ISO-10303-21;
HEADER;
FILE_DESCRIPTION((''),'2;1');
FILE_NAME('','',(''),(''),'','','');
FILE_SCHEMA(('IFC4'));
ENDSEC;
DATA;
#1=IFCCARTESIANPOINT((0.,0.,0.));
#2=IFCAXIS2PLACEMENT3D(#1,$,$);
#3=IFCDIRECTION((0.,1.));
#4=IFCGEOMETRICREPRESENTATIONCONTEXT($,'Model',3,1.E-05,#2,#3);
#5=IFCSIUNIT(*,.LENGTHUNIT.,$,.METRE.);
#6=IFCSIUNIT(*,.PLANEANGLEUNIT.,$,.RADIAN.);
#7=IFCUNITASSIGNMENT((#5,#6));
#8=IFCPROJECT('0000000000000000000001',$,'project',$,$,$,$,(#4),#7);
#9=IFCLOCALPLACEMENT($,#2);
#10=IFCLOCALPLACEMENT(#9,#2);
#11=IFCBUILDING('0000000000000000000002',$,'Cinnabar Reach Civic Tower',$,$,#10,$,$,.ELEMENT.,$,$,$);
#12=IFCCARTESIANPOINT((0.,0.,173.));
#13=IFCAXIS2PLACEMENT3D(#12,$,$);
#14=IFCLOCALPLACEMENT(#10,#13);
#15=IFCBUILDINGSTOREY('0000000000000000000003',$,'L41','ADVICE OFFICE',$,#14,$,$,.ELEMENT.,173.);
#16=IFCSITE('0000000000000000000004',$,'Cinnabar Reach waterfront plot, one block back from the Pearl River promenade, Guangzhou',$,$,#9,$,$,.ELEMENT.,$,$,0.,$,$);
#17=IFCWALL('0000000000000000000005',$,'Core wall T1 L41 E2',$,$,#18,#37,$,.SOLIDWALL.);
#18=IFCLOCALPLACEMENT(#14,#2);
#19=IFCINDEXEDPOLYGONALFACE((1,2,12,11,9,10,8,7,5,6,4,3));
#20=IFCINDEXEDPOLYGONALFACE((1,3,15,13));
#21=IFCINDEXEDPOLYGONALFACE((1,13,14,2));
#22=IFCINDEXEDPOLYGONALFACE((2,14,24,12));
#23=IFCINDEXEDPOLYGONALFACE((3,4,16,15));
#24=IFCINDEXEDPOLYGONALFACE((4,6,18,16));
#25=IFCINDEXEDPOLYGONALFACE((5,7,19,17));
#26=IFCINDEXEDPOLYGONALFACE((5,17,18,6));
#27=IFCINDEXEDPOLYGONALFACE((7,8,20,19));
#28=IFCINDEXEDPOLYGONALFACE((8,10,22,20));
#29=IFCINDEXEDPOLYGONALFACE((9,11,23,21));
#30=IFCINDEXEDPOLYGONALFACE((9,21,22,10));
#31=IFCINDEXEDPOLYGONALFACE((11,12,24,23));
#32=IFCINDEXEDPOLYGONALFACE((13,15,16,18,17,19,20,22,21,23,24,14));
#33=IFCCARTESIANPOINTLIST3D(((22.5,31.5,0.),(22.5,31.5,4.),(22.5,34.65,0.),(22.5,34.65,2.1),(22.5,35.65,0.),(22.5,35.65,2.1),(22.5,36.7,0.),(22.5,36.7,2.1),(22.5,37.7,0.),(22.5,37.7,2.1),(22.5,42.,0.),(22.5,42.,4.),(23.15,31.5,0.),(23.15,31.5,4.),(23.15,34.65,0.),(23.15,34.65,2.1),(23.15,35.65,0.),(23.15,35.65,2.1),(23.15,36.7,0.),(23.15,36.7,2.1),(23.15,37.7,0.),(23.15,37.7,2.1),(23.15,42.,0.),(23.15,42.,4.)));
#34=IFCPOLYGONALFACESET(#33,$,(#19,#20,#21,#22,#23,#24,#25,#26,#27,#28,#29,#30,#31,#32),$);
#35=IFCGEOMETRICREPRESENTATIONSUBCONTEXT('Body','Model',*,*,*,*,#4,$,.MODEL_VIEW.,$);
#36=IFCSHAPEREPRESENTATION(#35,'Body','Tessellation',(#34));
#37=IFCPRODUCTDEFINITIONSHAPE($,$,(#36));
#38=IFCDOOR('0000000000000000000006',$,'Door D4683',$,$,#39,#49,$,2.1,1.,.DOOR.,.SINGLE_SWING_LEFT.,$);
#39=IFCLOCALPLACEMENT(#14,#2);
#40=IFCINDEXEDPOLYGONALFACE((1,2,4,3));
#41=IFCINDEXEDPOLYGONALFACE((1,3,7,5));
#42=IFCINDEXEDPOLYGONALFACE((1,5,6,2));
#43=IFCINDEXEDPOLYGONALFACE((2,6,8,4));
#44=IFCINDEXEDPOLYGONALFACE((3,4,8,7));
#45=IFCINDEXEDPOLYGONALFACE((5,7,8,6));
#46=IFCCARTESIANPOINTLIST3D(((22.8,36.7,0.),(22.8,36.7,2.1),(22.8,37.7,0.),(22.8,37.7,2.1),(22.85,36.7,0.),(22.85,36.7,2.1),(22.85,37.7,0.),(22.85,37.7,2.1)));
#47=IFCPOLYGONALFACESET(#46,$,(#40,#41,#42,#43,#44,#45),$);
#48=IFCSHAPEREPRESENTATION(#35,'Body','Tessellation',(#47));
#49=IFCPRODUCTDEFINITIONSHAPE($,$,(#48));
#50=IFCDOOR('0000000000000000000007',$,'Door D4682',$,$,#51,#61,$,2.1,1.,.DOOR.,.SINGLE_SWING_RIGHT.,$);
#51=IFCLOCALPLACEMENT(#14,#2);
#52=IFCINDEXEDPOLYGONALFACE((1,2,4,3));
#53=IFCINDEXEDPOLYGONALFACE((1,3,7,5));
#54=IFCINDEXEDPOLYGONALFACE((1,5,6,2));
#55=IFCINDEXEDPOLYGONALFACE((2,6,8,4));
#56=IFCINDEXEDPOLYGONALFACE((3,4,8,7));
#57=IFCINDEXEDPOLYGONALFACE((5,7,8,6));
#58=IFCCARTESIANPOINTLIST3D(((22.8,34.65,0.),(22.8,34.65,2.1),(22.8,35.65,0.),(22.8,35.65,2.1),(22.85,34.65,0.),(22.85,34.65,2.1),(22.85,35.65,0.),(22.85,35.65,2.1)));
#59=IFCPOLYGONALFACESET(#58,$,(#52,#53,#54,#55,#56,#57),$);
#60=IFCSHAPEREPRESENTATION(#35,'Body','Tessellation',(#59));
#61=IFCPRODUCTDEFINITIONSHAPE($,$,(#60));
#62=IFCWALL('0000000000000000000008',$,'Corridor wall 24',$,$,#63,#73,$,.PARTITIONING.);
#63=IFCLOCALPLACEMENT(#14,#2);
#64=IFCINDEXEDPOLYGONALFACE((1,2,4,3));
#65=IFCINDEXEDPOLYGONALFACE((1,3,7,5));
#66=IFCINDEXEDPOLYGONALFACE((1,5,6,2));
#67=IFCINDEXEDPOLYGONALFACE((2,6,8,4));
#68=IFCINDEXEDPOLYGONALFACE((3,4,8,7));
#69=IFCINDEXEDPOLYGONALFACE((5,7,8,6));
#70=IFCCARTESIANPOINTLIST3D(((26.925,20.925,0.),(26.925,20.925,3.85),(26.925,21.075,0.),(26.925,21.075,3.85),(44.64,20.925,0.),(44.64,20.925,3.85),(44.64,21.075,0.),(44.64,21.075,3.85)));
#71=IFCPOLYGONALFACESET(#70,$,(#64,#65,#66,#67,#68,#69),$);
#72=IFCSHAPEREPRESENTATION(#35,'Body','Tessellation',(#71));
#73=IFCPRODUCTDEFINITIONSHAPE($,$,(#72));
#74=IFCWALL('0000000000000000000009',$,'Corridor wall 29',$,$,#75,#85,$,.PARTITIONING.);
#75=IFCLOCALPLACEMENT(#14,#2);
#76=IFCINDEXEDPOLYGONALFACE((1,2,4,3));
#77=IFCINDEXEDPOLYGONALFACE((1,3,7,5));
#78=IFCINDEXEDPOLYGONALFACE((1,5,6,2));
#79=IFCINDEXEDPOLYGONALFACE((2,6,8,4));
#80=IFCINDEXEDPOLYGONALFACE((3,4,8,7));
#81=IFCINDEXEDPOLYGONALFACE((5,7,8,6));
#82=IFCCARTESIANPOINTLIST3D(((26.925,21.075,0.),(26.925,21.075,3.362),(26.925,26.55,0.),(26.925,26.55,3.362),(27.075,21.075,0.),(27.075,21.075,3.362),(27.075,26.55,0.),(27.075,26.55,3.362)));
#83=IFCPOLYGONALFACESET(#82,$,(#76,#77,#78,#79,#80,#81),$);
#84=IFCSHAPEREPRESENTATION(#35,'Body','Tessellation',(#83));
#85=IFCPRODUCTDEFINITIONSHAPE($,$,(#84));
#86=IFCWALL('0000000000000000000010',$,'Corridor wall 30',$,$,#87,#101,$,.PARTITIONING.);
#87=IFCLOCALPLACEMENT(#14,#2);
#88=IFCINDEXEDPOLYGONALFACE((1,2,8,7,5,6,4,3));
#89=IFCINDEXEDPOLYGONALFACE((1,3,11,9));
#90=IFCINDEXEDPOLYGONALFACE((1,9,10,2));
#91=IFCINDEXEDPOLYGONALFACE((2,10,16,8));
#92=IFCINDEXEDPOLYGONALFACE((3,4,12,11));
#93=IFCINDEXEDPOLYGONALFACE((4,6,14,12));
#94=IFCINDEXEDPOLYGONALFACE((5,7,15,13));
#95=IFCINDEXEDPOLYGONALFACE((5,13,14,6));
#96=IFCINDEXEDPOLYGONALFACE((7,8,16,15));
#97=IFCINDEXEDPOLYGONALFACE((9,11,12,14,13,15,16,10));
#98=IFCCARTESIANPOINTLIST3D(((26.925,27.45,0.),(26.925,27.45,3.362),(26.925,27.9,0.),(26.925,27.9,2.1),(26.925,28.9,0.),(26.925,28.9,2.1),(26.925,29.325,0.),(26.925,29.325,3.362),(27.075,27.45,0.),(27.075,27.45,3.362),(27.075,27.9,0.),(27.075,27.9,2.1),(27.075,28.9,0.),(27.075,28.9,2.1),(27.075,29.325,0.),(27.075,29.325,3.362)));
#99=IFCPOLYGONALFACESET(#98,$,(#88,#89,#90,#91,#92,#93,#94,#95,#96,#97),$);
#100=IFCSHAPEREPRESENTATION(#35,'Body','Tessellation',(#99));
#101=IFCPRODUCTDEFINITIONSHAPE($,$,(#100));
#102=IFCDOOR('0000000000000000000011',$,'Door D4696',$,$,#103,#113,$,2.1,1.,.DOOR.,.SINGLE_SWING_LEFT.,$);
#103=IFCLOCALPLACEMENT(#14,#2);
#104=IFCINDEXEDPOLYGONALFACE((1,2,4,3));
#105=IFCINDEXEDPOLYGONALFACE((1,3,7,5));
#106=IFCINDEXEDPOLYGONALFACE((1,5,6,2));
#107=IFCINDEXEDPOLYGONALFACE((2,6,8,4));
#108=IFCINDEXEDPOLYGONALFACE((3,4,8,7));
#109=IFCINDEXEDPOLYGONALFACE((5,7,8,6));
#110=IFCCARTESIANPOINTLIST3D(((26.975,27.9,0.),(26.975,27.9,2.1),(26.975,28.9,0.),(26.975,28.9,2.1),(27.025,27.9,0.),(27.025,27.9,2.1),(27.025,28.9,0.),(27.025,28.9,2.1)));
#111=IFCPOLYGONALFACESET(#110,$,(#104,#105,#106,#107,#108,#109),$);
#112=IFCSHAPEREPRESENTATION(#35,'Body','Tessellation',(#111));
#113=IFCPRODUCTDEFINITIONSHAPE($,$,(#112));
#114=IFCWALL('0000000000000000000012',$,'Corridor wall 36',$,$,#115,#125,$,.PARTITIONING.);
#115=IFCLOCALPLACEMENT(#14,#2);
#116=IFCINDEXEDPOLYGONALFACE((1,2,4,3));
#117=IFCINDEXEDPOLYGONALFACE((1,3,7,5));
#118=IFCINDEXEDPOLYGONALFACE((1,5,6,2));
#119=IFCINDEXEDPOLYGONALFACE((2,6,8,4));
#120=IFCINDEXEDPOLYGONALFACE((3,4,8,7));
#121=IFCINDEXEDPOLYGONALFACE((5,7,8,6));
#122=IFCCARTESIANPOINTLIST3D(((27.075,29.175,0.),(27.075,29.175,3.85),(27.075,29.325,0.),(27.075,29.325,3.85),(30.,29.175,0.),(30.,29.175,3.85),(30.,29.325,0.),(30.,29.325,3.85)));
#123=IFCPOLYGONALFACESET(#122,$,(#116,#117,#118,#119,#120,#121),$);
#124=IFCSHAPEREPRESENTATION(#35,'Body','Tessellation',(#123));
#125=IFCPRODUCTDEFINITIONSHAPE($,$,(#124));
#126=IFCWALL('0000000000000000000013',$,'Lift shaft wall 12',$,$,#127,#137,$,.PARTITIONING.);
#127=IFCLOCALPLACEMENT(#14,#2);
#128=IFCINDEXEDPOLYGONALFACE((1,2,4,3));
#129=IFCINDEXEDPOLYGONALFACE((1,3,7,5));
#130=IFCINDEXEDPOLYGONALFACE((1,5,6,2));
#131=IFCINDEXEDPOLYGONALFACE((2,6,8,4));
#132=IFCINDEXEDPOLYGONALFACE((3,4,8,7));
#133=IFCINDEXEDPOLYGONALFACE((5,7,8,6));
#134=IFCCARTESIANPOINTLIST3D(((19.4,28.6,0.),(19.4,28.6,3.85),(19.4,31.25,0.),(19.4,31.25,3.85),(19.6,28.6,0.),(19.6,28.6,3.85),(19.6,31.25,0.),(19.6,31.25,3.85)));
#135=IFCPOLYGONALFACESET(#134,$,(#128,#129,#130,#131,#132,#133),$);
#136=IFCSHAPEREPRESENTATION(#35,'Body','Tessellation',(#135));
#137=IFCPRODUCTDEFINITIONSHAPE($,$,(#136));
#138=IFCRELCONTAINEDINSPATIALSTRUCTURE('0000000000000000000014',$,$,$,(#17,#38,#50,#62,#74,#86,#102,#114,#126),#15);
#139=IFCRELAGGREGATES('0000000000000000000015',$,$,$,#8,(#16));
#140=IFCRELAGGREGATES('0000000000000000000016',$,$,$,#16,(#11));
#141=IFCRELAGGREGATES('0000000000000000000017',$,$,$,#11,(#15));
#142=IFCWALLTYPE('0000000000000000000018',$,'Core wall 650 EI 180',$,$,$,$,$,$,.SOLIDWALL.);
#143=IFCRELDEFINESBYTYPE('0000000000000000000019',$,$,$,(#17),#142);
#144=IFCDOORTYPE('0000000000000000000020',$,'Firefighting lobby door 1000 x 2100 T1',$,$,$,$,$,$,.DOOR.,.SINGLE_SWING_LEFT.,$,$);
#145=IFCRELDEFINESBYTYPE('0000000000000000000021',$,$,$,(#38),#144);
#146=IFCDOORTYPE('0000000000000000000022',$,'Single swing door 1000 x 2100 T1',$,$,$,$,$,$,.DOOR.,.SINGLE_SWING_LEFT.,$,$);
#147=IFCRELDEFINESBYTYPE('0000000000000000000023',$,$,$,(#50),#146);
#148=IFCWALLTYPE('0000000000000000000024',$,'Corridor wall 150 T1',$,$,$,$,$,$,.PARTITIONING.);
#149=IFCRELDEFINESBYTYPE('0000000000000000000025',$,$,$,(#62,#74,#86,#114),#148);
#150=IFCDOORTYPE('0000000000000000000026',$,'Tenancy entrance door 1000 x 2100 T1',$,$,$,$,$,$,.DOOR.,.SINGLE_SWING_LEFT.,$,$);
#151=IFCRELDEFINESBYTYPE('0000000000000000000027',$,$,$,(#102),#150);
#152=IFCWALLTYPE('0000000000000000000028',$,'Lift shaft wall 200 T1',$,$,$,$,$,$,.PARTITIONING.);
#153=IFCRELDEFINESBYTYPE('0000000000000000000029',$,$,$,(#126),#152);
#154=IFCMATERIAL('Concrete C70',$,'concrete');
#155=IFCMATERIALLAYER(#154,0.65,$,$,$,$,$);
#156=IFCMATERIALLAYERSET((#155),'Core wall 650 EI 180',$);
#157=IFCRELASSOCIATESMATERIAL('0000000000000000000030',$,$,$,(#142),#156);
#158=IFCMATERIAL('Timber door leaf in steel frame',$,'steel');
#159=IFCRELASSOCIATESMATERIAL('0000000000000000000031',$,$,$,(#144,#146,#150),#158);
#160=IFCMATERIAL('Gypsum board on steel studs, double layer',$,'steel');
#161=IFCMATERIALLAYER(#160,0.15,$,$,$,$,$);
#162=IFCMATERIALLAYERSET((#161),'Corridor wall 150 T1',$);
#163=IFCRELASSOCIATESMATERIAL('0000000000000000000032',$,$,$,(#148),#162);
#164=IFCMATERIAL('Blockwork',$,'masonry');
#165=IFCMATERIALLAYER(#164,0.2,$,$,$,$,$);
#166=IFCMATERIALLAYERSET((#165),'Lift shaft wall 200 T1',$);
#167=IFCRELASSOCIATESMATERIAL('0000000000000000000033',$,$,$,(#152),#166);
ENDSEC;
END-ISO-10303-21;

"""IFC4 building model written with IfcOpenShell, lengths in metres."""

from ifc_helpers import new_model, si_unit, direction, frame, frame_2d, origin, place, context, subcontext, project, spatial, rectangle, extrude, material, layer, layer_set, type_object, element, fill, save


model = new_model("IFC4")

# Units and contexts
model_context = context("Model", 3, precision=1e-05, world=origin(), true_north=direction((0.0, 1.0)))
body_context = subcontext(model_context, "Body", "Model", "MODEL_VIEW")
ifc_project = project(units=[si_unit("LENGTHUNIT", "METRE"), si_unit("PLANEANGLEUNIT", "RADIAN")], contexts=[model_context])

# Site, building, storey
site_placement = place(None, origin())
site = spatial("IfcSite", under=ifc_project, at=site_placement, Name="Cinnabar Reach waterfront plot, one block back from the Pearl River promenade, Guangzhou", CompositionType="ELEMENT", RefElevation=0.0)
building_placement = place(site_placement, origin())
building = spatial("IfcBuilding", under=site, at=building_placement, Name="Cinnabar Reach Civic Tower", CompositionType="ELEMENT")
storey_placement = place(building_placement, frame((0.0, 0.0, 173.0)))
storey = spatial("IfcBuildingStorey", under=building, at=storey_placement, Name="L41", Description="ADVICE OFFICE", CompositionType="ELEMENT", Elevation=173.0)

# Shared definitions
ifc_material_1 = material(Name="Concrete C70", Category="concrete")

# Shared definitions
ifc_layer_1 = layer(ifc_material_1, 0.65)
ifc_layer_set_1 = layer_set([ifc_layer_1], Name="Core wall 650 EI 180")
wall_type_1 = type_object("IfcWallType", Name="Core wall 650 EI 180", PredefinedType="SOLIDWALL", material=ifc_layer_set_1)
ifc_material_2 = material(Name="Timber door leaf in steel frame", Category="steel")

# Wall, openings, doors
wall_1_placement = place(storey_placement, frame((22.825, 31.5, 0.0), z_axis=(0.0, 0.0, 1.0), x_axis=(0.0, 1.0, 0.0)))
wall_1 = element("IfcWall", 1, at=wall_1_placement, inside=storey, type_object=wall_type_1, Name="Core wall T1 L41 E2", PredefinedType="SOLIDWALL", context=body_context, shape_type="SweptSolid", body=[
    extrude(rectangle(XDim=10.5, YDim=0.65, at=frame_2d((5.25, 0.0))), origin(), (0.0, 0.0, 1.0), 4.0),
])
opening_1_placement = place(wall_1_placement, frame((3.15, 0.0, 0.0)))
opening_1 = element("IfcOpeningElement", 2, at=opening_1_placement, cuts=wall_1, PredefinedType="OPENING", context=body_context, shape_type="SweptSolid", body=[
    extrude(rectangle(XDim=1.0, YDim=2.1, at=frame_2d((0.5, 1.05))), frame((0.0, 0.335, 0.0), z_axis=(0.0, -1.0, 0.0), x_axis=(1.0, 0.0, 0.0)), (0.0, 0.0, 1.0), 0.67),
])
opening_2_placement = place(wall_1_placement, frame((5.2, 0.0, 0.0)))
opening_2 = element("IfcOpeningElement", 3, at=opening_2_placement, cuts=wall_1, PredefinedType="OPENING", context=body_context, shape_type="SweptSolid", body=[
    extrude(rectangle(XDim=1.0, YDim=2.1, at=frame_2d((0.5, 1.05))), frame((0.0, 0.335, 0.0), z_axis=(0.0, -1.0, 0.0), x_axis=(1.0, 0.0, 0.0)), (0.0, 0.0, 1.0), 0.67),
])
door_type_1 = type_object("IfcDoorType", Name="Firefighting lobby door 1000 x 2100 T1", OperationType="SINGLE_SWING_LEFT", PredefinedType="DOOR", material=ifc_material_2)
door_1_placement = place(opening_2_placement, origin())
door_1 = element("IfcDoor", 4, at=door_1_placement, inside=storey, type_object=door_type_1, Name="Door D4683", OperationType="SINGLE_SWING_LEFT", OverallHeight=2.1, OverallWidth=1.0, PredefinedType="DOOR", context=body_context, shape_type="SweptSolid", body=[
    extrude(rectangle(XDim=1.0, YDim=2.1, at=frame_2d((0.5, 1.05))), frame((0.0, 0.025, 0.0), z_axis=(0.0, -1.0, 0.0), x_axis=(1.0, 0.0, 0.0)), (0.0, 0.0, 1.0), 0.05),
])
fill(opening_2, door_1)
door_type_2 = type_object("IfcDoorType", Name="Single swing door 1000 x 2100 T1", OperationType="SINGLE_SWING_LEFT", PredefinedType="DOOR", material=ifc_material_2)
door_2_placement = place(opening_1_placement, origin())
door_2 = element("IfcDoor", 5, at=door_2_placement, inside=storey, type_object=door_type_2, Name="Door D4682", OperationType="SINGLE_SWING_RIGHT", OverallHeight=2.1, OverallWidth=1.0, PredefinedType="DOOR", context=body_context, shape_type="SweptSolid", body=[
    extrude(rectangle(XDim=1.0, YDim=2.1, at=frame_2d((0.5, 1.05))), frame((0.0, 0.025, 0.0), z_axis=(0.0, -1.0, 0.0), x_axis=(1.0, 0.0, 0.0)), (0.0, 0.0, 1.0), 0.05),
])
fill(opening_1, door_2)

# Walls
ifc_material_3 = material(Name="Gypsum board on steel studs, double layer", Category="steel")
ifc_layer_2 = layer(ifc_material_3, 0.15)
ifc_layer_set_2 = layer_set([ifc_layer_2], Name="Corridor wall 150 T1")
wall_type_2 = type_object("IfcWallType", Name="Corridor wall 150 T1", PredefinedType="PARTITIONING", material=ifc_layer_set_2)
wall_2_placement = place(storey_placement, frame((26.925, 21.0, 0.0), z_axis=(0.0, 0.0, 1.0), x_axis=(1.0, 0.0, 0.0)))
element("IfcWall", 6, at=wall_2_placement, inside=storey, type_object=wall_type_2, Name="Corridor wall 24", PredefinedType="PARTITIONING", context=body_context, shape_type="SweptSolid", body=[
    extrude(rectangle(XDim=17.715, YDim=0.15, at=frame_2d((8.8575, 0.0))), origin(), (0.0, 0.0, 1.0), 3.85),
])
wall_3_placement = place(storey_placement, frame((27.0, 21.075, 0.0), z_axis=(0.0, 0.0, 1.0), x_axis=(0.0, 1.0, 0.0)))
element("IfcWall", 7, at=wall_3_placement, inside=storey, type_object=wall_type_2, Name="Corridor wall 29", PredefinedType="PARTITIONING", context=body_context, shape_type="SweptSolid", body=[
    extrude(rectangle(XDim=5.475, YDim=0.15, at=frame_2d((2.7375, 0.0))), origin(), (0.0, 0.0, 1.0), 3.362),
])

# Wall, opening, door
wall_4_placement = place(storey_placement, frame((27.0, 27.45, 0.0), z_axis=(0.0, 0.0, 1.0), x_axis=(0.0, 1.0, 0.0)))
wall_4 = element("IfcWall", 8, at=wall_4_placement, inside=storey, type_object=wall_type_2, Name="Corridor wall 30", PredefinedType="PARTITIONING", context=body_context, shape_type="SweptSolid", body=[
    extrude(rectangle(XDim=1.875, YDim=0.15, at=frame_2d((0.9375, 0.0))), origin(), (0.0, 0.0, 1.0), 3.362),
])
opening_3_placement = place(wall_4_placement, frame((0.45, 0.0, 0.0)))
opening_3 = element("IfcOpeningElement", 9, at=opening_3_placement, cuts=wall_4, PredefinedType="OPENING", context=body_context, shape_type="SweptSolid", body=[
    extrude(rectangle(XDim=1.0, YDim=2.1, at=frame_2d((0.5, 1.05))), frame((0.0, 0.085, 0.0), z_axis=(0.0, -1.0, 0.0), x_axis=(1.0, 0.0, 0.0)), (0.0, 0.0, 1.0), 0.17),
])
door_type_3 = type_object("IfcDoorType", Name="Tenancy entrance door 1000 x 2100 T1", OperationType="SINGLE_SWING_LEFT", PredefinedType="DOOR", material=ifc_material_2)
door_3_placement = place(opening_3_placement, frame((1.0, 0.0, 0.0), z_axis=(0.0, 0.0, 1.0), x_axis=(-1.0, 0.0, 0.0)))
door_3 = element("IfcDoor", 10, at=door_3_placement, inside=storey, type_object=door_type_3, Name="Door D4696", OperationType="SINGLE_SWING_LEFT", OverallHeight=2.1, OverallWidth=1.0, PredefinedType="DOOR", context=body_context, shape_type="SweptSolid", body=[
    extrude(rectangle(XDim=1.0, YDim=2.1, at=frame_2d((0.5, 1.05))), frame((0.0, 0.025, 0.0), z_axis=(0.0, -1.0, 0.0), x_axis=(1.0, 0.0, 0.0)), (0.0, 0.0, 1.0), 0.05),
])
fill(opening_3, door_3)

# Walls
wall_5_placement = place(storey_placement, frame((27.075, 29.25, 0.0), z_axis=(0.0, 0.0, 1.0), x_axis=(1.0, 0.0, 0.0)))
element("IfcWall", 11, at=wall_5_placement, inside=storey, type_object=wall_type_2, Name="Corridor wall 36", PredefinedType="PARTITIONING", context=body_context, shape_type="SweptSolid", body=[
    extrude(rectangle(XDim=2.925, YDim=0.15, at=frame_2d((1.4625, 0.0))), origin(), (0.0, 0.0, 1.0), 3.85),
])
ifc_material_4 = material(Name="Blockwork", Category="masonry")
ifc_layer_3 = layer(ifc_material_4, 0.2)
ifc_layer_set_3 = layer_set([ifc_layer_3], Name="Lift shaft wall 200 T1")
wall_type_3 = type_object("IfcWallType", Name="Lift shaft wall 200 T1", PredefinedType="PARTITIONING", material=ifc_layer_set_3)
wall_6_placement = place(storey_placement, frame((19.5, 28.6, 0.0), z_axis=(0.0, 0.0, 1.0), x_axis=(0.0, 1.0, 0.0)))
element("IfcWall", 12, at=wall_6_placement, inside=storey, type_object=wall_type_3, Name="Lift shaft wall 12", PredefinedType="PARTITIONING", context=body_context, shape_type="SweptSolid", body=[
    extrude(rectangle(XDim=2.65, YDim=0.2, at=frame_2d((1.325, 0.0))), origin(), (0.0, 0.0, 1.0), 3.85),
])

save(model, "model.ifc")
